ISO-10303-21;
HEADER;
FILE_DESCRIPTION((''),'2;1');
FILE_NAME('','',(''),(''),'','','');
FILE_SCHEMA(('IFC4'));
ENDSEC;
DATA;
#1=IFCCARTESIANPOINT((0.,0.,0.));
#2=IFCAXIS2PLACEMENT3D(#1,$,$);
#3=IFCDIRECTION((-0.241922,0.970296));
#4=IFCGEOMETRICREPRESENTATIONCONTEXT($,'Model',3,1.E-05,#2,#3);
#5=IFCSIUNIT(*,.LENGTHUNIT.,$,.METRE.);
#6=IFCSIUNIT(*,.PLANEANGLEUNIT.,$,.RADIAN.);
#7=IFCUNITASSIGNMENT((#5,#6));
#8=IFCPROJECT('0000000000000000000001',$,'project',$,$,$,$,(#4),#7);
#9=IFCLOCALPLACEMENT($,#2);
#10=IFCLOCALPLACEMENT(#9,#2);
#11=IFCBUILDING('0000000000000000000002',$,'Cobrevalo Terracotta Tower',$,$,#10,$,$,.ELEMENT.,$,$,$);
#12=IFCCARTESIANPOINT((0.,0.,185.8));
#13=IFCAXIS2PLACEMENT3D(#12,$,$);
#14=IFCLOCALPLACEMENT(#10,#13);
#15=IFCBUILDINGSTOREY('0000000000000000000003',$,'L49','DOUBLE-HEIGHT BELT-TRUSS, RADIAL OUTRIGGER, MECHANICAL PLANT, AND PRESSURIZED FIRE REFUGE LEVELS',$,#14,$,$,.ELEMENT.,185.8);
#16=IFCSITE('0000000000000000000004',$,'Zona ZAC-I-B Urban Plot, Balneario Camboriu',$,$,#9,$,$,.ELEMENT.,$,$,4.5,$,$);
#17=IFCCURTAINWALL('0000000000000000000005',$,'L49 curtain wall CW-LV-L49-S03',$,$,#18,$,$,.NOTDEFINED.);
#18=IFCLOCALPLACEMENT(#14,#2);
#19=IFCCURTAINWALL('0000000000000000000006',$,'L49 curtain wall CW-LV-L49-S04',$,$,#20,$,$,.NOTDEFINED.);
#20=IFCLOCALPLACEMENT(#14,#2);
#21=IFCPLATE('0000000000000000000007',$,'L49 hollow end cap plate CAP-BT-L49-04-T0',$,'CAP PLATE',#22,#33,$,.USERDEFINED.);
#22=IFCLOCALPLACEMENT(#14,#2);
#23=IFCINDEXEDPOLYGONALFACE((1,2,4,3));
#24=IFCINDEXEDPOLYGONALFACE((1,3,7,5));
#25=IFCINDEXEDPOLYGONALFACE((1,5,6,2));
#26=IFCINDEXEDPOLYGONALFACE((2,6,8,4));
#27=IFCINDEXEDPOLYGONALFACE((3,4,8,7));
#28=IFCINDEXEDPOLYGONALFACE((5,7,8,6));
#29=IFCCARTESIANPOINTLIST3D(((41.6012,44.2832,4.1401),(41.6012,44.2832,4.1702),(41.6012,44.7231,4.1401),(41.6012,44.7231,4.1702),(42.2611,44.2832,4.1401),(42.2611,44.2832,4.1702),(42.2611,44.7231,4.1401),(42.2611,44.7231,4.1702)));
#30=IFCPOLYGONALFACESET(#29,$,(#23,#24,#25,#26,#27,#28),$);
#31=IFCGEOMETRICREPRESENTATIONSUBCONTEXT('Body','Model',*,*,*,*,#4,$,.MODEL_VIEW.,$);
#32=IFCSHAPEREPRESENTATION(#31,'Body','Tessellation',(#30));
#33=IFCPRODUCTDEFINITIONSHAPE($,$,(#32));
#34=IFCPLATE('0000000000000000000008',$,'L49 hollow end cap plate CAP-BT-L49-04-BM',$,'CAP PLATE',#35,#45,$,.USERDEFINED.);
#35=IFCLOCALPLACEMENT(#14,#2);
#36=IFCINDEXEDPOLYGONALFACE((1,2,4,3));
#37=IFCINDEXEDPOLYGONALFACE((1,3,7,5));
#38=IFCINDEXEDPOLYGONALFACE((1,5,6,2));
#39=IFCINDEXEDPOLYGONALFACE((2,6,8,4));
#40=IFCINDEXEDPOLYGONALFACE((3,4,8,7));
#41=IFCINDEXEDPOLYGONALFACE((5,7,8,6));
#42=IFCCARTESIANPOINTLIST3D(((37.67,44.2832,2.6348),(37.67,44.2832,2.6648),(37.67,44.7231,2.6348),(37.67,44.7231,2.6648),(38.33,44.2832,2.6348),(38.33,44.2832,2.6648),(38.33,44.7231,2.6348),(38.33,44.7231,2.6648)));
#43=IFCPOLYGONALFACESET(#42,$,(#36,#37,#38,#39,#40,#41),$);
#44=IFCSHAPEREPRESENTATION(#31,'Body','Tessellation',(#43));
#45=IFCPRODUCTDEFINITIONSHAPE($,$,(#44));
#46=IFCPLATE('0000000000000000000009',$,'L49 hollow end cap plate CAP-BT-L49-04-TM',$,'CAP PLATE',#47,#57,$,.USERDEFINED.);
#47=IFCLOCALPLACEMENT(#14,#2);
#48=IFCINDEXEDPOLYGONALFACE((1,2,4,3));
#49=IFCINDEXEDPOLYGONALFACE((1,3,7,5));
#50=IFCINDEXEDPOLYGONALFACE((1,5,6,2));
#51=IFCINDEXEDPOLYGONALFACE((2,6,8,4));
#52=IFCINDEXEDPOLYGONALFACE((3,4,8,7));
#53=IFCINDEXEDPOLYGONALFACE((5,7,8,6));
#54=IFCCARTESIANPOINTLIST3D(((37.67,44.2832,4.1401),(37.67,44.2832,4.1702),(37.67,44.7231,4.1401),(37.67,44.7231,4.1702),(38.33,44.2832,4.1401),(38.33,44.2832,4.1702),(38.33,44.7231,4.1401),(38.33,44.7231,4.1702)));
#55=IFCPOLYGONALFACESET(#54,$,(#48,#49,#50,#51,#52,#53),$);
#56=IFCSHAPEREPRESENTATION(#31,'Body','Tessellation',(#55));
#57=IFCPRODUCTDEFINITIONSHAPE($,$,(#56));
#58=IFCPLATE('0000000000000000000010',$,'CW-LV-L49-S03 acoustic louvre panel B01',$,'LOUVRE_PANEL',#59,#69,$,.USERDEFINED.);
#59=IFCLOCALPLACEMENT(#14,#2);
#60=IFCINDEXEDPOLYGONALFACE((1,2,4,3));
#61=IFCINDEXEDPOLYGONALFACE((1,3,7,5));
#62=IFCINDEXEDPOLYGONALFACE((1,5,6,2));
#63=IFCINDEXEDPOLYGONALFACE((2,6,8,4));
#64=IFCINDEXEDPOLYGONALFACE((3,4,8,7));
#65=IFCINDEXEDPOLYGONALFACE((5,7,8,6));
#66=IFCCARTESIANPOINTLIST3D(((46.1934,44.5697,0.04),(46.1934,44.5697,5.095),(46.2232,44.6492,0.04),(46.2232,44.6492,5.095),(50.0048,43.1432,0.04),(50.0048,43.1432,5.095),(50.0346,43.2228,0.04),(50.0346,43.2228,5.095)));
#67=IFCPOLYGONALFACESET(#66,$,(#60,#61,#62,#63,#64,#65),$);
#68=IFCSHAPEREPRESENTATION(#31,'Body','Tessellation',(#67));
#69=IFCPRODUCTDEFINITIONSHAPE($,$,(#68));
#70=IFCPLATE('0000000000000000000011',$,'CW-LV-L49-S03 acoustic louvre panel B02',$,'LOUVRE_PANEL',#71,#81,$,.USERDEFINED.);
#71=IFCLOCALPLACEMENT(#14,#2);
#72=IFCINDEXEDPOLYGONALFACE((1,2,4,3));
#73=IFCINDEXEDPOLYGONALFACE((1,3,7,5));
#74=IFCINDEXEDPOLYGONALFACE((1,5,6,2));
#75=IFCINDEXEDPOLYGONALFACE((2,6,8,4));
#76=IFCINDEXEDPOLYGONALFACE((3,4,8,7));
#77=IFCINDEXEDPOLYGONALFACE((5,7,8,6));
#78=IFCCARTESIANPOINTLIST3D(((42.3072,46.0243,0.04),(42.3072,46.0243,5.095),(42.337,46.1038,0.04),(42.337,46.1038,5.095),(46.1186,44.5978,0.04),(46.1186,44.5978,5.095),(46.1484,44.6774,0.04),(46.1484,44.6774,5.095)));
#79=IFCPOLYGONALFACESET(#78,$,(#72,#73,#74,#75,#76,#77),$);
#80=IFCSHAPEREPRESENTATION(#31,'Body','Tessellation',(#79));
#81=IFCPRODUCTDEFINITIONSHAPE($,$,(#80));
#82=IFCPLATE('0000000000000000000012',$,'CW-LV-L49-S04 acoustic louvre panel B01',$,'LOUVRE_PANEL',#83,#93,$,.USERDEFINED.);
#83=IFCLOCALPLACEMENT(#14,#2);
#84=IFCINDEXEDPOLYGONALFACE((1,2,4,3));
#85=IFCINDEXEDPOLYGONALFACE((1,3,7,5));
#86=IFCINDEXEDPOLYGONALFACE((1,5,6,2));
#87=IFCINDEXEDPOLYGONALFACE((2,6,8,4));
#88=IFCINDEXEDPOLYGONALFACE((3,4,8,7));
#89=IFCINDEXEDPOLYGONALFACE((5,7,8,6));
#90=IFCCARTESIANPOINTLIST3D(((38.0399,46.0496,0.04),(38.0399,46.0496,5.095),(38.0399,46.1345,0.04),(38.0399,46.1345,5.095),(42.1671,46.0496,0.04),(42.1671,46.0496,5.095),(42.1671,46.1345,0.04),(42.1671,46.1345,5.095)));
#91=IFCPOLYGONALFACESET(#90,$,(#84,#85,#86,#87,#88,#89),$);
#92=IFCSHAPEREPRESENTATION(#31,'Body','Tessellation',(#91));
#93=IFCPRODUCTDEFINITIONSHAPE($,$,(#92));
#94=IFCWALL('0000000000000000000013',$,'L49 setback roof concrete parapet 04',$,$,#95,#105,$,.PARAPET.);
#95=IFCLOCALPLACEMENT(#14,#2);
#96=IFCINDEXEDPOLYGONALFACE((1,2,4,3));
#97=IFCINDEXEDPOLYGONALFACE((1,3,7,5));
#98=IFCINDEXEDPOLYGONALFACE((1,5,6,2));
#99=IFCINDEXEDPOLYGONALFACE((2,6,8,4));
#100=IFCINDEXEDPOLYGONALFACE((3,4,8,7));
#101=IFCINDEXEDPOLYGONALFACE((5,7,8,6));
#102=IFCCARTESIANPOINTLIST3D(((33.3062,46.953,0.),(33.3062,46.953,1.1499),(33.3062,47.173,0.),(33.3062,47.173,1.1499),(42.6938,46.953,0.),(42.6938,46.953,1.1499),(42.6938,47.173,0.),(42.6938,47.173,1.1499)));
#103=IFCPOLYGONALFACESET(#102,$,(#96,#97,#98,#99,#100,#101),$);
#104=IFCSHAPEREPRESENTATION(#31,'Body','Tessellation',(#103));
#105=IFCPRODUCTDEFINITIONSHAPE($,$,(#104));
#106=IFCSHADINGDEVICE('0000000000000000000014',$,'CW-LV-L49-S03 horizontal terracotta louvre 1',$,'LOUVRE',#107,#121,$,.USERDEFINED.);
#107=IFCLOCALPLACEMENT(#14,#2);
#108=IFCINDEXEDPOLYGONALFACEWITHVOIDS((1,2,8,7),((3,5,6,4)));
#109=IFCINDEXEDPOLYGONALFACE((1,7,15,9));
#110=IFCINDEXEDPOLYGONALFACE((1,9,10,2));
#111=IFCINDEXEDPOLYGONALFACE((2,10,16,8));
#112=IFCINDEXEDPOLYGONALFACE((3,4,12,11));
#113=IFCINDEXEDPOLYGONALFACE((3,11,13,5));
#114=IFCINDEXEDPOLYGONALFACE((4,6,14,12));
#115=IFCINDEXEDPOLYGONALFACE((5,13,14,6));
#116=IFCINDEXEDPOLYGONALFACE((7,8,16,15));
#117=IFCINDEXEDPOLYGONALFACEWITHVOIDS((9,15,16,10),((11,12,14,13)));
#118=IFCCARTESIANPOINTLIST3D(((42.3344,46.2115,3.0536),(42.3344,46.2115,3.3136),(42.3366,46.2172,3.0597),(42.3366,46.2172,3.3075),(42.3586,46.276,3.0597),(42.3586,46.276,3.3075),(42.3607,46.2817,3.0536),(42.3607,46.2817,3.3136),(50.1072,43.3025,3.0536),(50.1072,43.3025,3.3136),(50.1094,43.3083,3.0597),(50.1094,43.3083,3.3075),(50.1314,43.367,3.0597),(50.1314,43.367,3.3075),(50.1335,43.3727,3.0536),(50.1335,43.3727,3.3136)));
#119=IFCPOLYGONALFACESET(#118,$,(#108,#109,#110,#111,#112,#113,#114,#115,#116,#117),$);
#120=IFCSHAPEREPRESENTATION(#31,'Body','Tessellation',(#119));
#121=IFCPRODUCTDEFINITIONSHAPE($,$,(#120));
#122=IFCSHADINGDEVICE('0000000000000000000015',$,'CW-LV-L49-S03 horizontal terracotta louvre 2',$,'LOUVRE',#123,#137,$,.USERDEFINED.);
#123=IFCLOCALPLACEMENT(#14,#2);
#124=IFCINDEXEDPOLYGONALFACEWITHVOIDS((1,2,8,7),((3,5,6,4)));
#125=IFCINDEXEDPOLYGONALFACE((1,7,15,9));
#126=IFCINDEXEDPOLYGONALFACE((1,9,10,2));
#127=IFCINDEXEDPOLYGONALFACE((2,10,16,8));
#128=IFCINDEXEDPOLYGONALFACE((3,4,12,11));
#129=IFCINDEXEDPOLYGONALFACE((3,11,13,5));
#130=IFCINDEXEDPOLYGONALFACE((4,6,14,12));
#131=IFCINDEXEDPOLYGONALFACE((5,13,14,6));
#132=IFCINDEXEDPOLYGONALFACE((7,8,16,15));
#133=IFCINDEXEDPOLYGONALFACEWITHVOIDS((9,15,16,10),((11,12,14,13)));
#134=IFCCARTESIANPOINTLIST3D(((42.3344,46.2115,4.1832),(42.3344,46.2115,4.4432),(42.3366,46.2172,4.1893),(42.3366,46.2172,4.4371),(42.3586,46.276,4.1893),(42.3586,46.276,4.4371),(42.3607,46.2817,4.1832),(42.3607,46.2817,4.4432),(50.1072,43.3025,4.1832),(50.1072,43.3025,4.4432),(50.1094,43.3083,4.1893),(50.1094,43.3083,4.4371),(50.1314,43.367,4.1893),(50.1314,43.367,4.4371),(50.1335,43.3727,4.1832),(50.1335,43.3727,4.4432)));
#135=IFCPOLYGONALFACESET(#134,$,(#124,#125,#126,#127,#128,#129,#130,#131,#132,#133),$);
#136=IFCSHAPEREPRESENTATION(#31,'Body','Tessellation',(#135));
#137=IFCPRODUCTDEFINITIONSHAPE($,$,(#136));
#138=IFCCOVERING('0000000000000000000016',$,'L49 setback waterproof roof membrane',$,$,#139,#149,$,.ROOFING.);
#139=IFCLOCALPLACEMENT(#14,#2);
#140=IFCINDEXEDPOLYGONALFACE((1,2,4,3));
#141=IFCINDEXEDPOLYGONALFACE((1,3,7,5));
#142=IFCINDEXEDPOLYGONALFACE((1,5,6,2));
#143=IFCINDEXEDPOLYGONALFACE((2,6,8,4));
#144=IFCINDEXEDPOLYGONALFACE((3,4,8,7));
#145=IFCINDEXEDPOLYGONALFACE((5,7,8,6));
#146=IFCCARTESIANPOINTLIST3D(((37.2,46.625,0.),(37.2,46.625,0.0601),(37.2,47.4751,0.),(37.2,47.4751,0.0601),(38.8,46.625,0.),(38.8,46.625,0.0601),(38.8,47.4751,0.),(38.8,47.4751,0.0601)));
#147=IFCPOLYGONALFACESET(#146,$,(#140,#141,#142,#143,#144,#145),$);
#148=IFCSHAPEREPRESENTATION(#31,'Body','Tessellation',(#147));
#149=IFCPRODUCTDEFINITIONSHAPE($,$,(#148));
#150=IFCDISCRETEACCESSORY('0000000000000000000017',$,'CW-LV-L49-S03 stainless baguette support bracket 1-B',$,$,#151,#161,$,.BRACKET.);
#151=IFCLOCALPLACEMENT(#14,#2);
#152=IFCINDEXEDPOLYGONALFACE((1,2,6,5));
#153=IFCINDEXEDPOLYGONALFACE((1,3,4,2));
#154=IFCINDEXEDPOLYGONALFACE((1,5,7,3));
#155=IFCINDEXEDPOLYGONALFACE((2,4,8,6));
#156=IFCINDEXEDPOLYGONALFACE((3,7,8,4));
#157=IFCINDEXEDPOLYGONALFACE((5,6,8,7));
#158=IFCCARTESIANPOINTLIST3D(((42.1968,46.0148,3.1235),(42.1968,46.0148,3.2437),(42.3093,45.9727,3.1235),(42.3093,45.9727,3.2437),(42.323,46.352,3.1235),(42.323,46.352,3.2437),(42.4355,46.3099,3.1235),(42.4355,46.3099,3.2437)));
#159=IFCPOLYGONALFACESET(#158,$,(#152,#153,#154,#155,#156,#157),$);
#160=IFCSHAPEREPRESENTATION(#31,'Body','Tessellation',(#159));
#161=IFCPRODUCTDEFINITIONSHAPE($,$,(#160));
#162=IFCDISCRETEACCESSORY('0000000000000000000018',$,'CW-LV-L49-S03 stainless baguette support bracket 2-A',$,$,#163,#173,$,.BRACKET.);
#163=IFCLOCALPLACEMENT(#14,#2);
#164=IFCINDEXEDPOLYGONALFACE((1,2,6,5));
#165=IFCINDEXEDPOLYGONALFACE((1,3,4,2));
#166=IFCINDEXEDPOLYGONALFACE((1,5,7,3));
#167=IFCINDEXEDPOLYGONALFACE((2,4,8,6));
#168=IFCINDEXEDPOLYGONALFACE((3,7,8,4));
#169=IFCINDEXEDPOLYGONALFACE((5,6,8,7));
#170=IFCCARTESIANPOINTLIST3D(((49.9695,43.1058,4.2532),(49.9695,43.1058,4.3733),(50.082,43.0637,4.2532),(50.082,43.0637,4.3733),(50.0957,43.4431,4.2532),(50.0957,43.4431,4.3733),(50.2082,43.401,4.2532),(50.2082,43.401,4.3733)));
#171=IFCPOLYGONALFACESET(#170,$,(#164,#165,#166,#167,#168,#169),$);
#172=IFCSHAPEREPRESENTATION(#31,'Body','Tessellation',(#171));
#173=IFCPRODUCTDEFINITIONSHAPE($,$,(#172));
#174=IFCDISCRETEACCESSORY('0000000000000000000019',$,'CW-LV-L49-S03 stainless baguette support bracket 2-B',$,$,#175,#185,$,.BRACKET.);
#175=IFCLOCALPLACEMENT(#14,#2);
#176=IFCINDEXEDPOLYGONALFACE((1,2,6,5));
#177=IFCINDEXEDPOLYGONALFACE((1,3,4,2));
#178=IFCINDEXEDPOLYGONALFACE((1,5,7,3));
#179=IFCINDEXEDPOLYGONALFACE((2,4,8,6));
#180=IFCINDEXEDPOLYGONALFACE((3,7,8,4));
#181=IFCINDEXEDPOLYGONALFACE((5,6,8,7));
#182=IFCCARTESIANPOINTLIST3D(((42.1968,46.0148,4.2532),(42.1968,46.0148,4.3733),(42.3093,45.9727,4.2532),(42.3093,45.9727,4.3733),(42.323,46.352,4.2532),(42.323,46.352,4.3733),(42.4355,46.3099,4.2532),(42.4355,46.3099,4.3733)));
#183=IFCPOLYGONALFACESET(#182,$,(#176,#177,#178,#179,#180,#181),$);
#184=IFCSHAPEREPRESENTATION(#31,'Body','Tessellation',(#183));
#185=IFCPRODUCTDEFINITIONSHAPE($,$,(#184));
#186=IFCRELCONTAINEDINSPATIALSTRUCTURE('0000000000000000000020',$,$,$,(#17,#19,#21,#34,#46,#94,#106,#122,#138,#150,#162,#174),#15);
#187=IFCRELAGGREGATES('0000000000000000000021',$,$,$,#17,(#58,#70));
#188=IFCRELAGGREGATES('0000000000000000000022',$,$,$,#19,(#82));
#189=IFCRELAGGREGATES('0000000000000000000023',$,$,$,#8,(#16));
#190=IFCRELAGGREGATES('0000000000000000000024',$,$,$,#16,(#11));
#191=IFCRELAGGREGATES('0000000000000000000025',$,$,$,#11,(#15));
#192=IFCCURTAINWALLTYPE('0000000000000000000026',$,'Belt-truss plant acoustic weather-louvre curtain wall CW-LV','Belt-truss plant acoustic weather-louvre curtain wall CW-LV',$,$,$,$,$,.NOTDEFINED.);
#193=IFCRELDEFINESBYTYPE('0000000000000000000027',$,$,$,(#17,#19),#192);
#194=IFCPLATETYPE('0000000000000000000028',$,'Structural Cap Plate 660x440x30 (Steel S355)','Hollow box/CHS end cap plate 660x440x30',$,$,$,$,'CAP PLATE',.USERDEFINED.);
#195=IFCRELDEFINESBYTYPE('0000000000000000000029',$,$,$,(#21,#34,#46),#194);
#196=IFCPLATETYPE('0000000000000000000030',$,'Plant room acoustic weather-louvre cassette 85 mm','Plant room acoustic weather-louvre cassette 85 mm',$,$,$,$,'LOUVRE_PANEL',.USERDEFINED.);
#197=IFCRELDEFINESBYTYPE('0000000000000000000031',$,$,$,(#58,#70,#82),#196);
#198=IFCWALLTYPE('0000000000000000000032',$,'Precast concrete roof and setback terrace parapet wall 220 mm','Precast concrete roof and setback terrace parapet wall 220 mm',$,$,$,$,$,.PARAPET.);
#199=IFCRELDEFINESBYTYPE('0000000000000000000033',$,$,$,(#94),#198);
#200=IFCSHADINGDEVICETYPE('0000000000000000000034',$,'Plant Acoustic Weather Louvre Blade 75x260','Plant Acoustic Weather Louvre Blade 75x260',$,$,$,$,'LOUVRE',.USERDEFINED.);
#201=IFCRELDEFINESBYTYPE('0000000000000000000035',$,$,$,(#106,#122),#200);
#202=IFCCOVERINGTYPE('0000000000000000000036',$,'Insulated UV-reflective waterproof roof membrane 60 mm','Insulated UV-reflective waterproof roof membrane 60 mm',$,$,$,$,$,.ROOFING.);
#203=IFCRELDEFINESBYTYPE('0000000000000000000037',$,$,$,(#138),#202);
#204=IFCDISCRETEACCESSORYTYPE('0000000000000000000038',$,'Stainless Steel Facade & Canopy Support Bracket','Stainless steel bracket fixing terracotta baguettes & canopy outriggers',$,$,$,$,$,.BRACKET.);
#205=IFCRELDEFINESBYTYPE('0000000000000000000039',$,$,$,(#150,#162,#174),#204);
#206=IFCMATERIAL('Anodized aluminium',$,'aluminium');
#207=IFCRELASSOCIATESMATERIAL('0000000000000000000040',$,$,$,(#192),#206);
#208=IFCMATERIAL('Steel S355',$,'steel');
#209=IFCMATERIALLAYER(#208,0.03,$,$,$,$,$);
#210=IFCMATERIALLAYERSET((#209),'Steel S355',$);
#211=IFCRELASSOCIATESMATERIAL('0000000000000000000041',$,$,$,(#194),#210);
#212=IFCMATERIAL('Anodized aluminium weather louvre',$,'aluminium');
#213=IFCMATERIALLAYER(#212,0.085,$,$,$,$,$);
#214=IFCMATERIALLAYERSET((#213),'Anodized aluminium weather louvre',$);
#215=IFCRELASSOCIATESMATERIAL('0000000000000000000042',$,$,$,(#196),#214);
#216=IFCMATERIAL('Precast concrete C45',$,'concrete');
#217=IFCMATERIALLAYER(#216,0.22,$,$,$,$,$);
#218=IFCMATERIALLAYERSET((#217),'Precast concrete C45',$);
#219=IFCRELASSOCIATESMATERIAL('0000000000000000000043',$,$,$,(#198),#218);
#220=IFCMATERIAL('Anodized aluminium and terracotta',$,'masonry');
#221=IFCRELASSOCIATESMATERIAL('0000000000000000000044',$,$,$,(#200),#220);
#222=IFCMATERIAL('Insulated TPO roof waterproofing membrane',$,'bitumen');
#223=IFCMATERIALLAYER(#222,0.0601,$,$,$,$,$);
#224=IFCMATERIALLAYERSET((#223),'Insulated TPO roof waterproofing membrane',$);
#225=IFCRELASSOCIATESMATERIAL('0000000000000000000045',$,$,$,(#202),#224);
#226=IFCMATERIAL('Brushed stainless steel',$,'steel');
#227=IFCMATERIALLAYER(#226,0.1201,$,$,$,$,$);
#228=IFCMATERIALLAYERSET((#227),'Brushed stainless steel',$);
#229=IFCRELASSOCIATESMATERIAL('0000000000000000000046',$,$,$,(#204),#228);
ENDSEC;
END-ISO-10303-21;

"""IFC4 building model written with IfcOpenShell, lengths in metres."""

from ifc_helpers import new_model, si_unit, direction, frame, frame_2d, origin, origin_2d, place, context, subcontext, project, spatial, rectangle, hollow_rectangle, extrude, source, transform, mapped, material, layer, layer_set, material_profile, profile_set, type_object, element, aggregate, save


model = new_model("IFC4")

# Units and contexts
model_context = context("Model", 3, precision=1e-05, world=origin(), true_north=direction((-0.241922, 0.970296)))
body_context = subcontext(model_context, "Body", "Model", "MODEL_VIEW")
ifc_project = project(units=[si_unit("LENGTHUNIT", "METRE"), si_unit("PLANEANGLEUNIT", "RADIAN")], contexts=[model_context])

# Site, building, storey
site_placement = place(None, origin())
site = spatial("IfcSite", under=ifc_project, at=site_placement, Name="Zona ZAC-I-B Urban Plot, Balneario Camboriu", CompositionType="ELEMENT", RefElevation=4.5)
building_placement = place(site_placement, origin())
building = spatial("IfcBuilding", under=site, at=building_placement, Name="Cobrevalo Terracotta Tower", CompositionType="ELEMENT")
storey_placement = place(building_placement, frame((0.0, 0.0, 185.8)))
storey = spatial("IfcBuildingStorey", under=building, at=storey_placement, Name="L49", Description="DOUBLE-HEIGHT BELT-TRUSS, RADIAL OUTRIGGER, MECHANICAL PLANT, AND PRESSURIZED FIRE REFUGE LEVELS", CompositionType="ELEMENT", Elevation=185.8)

# Shared definitions
ifc_material_1 = material(Name="Steel S355", Category="steel")

# Curtain walls
ifc_material_2 = material(Name="Anodized aluminium", Category="aluminium")
curtain_wall_type = type_object("IfcCurtainWallType", Name="Belt-truss plant acoustic weather-louvre curtain wall CW-LV", Description="Belt-truss plant acoustic weather-louvre curtain wall CW-LV", PredefinedType="NOTDEFINED", material=ifc_material_2)
curtain_wall_1_placement = place(storey_placement, origin())
curtain_wall_1 = element("IfcCurtainWall", 1, at=curtain_wall_1_placement, inside=storey, type_object=curtain_wall_type, Name="L49 curtain wall CW-LV-L49-S03", PredefinedType="NOTDEFINED")
curtain_wall_2_placement = place(storey_placement, origin())
curtain_wall_2 = element("IfcCurtainWall", 2, at=curtain_wall_2_placement, inside=storey, type_object=curtain_wall_type, Name="L49 curtain wall CW-LV-L49-S04", PredefinedType="NOTDEFINED")

# Plates
ifc_layer_1 = layer(ifc_material_1, 0.03)
ifc_layer_set_1 = layer_set([ifc_layer_1], Name="Steel S355")
plate_type_1 = type_object("IfcPlateType", Name="Structural Cap Plate 660x440x30 (Steel S355)", Description="Hollow box/CHS end cap plate 660x440x30", ElementType="CAP PLATE", PredefinedType="USERDEFINED", material=ifc_layer_set_1)
shared_shape_1 = source(origin(), body_context, "Body", "SweptSolid", [
    extrude(rectangle(XDim=0.6599, YDim=0.4399, at=origin_2d()), origin(), (0.0, 0.0, 1.0), 0.03),
])
for number, where, z_axis, x_axis, name in (
    (3, (41.9312, 44.5032, 4.1401), (0.0, 0.0, 1.0), (-1.0, 0.0, 0.0), "L49 hollow end cap plate CAP-BT-L49-04-T0"),
    (4, (38.0, 44.5032, 2.6348), (0.0, 0.0, 1.0), (-1.0, 0.0, 0.0), "L49 hollow end cap plate CAP-BT-L49-04-BM"),
    (5, (38.0, 44.5032, 4.1401), (0.0, 0.0, 1.0), (-1.0, 0.0, 0.0), "L49 hollow end cap plate CAP-BT-L49-04-TM"),
):
    element("IfcPlate", number, at=place(storey_placement, frame(where, z_axis=z_axis, x_axis=x_axis)), inside=storey, type_object=plate_type_1, Name=name, ObjectType="CAP PLATE", PredefinedType="USERDEFINED", context=body_context, shape_type="MappedRepresentation", body=[
        mapped(shared_shape_1, transform((0.0, 0.0, 0.0), scale=1.0)),
    ])

# Plates
ifc_material_3 = material(Name="Anodized aluminium weather louvre", Category="aluminium")
ifc_layer_2 = layer(ifc_material_3, 0.085)
ifc_layer_set_2 = layer_set([ifc_layer_2], Name="Anodized aluminium weather louvre")
plate_type_2 = type_object("IfcPlateType", Name="Plant room acoustic weather-louvre cassette 85 mm", Description="Plant room acoustic weather-louvre cassette 85 mm", ElementType="LOUVRE_PANEL", PredefinedType="USERDEFINED", material=ifc_layer_set_2)
shared_shape_2 = source(origin(), body_context, "Body", "SweptSolid", [
    extrude(rectangle(XDim=4.0696, YDim=0.085, at=origin_2d()), origin(), (0.0, 0.0, 1.0), 5.0549),
])
plate_1_placement = place(storey_placement, frame((48.114, 43.8962, 0.04), z_axis=(0.0, 0.0, 1.0), x_axis=(-0.936558, 0.350513, 0.0)))
plate_1 = element("IfcPlate", 6, at=plate_1_placement, type_object=plate_type_2, Name="CW-LV-L49-S03 acoustic louvre panel B01", ObjectType="LOUVRE_PANEL", PredefinedType="USERDEFINED", context=body_context, shape_type="MappedRepresentation", body=[
    mapped(shared_shape_2, transform((0.0, 0.0, 0.0), scale=1.0)),
])
plate_2_placement = place(storey_placement, frame((44.2278, 45.3508, 0.04), z_axis=(0.0, 0.0, 1.0), x_axis=(-0.936558, 0.350513, 0.0)))
plate_2 = element("IfcPlate", 7, at=plate_2_placement, type_object=plate_type_2, Name="CW-LV-L49-S03 acoustic louvre panel B02", ObjectType="LOUVRE_PANEL", PredefinedType="USERDEFINED", context=body_context, shape_type="MappedRepresentation", body=[
    mapped(shared_shape_2, transform((0.0, 0.0, 0.0), scale=1.0)),
])
aggregate(curtain_wall_1, [plate_1, plate_2])
shared_shape_3 = source(origin(), body_context, "Body", "SweptSolid", [
    extrude(rectangle(XDim=4.1272, YDim=0.085, at=origin_2d()), origin(), (0.0, 0.0, 1.0), 5.0549),
])
plate_3_placement = place(storey_placement, frame((40.1035, 46.092, 0.04), z_axis=(0.0, 0.0, 1.0), x_axis=(-1.0, 0.0, 0.0)))
plate_3 = element("IfcPlate", 8, at=plate_3_placement, type_object=plate_type_2, Name="CW-LV-L49-S04 acoustic louvre panel B01", ObjectType="LOUVRE_PANEL", PredefinedType="USERDEFINED", context=body_context, shape_type="MappedRepresentation", body=[
    mapped(shared_shape_3, transform((0.0, 0.0, 0.0), scale=1.0)),
])
aggregate(curtain_wall_2, [plate_3])

# Wall
ifc_material_4 = material(Name="Precast concrete C45", Category="concrete")
ifc_layer_3 = layer(ifc_material_4, 0.22)
ifc_layer_set_3 = layer_set([ifc_layer_3], Name="Precast concrete C45")
wall_type = type_object("IfcWallType", Name="Precast concrete roof and setback terrace parapet wall 220 mm", Description="Precast concrete roof and setback terrace parapet wall 220 mm", PredefinedType="PARAPET", material=ifc_layer_set_3)
wall_placement = place(storey_placement, frame((42.6938, 47.063, 0.0), z_axis=(0.0, 0.0, 1.0), x_axis=(-1.0, 0.0, 0.0)))
element("IfcWall", 9, at=wall_placement, inside=storey, type_object=wall_type, Name="L49 setback roof concrete parapet 04", PredefinedType="PARAPET", context=body_context, shape_type="SweptSolid", body=[
    extrude(rectangle(XDim=9.3877, YDim=0.22, at=frame_2d((4.6938, 0.0))), origin(), (0.0, 0.0, 1.0), 1.1499),
])

# Shading devices
ifc_material_5 = material(Name="Anodized aluminium and terracotta", Category="masonry")
ifc_material_profile_1 = material_profile(ifc_material_5, hollow_rectangle(XDim=0.075, YDim=0.26, WallThickness=0.0061, at=origin_2d()), Name="LOUVRE BLADE 75x260")
ifc_profile_set_1 = profile_set([ifc_material_profile_1], Name="Anodized aluminium and terracotta")
shading_device_type = type_object("IfcShadingDeviceType", Name="Plant Acoustic Weather Louvre Blade 75x260", Description="Plant Acoustic Weather Louvre Blade 75x260", ElementType="LOUVRE", PredefinedType="USERDEFINED", material=ifc_profile_set_1)
shared_shape_4 = source(origin(), body_context, "Body", "SweptSolid", [
    extrude(hollow_rectangle(XDim=0.075, YDim=0.26, WallThickness=0.0061, at=origin_2d()), origin(), (0.0, 0.0, 1.0), 8.2993),
])
for number, where, z_axis, x_axis, name in (
    (10, (50.1204, 43.3376, 3.1836), (-0.93656, 0.350508, 0.0), (-0.350508, -0.93656, 0.0), "CW-LV-L49-S03 horizontal terracotta louvre 1"),
    (11, (50.1204, 43.3376, 4.3132), (-0.93656, 0.350508, 0.0), (-0.350508, -0.93656, 0.0), "CW-LV-L49-S03 horizontal terracotta louvre 2"),
):
    element("IfcShadingDevice", number, at=place(storey_placement, frame(where, z_axis=z_axis, x_axis=x_axis)), inside=storey, type_object=shading_device_type, Name=name, ObjectType="LOUVRE", PredefinedType="USERDEFINED", context=body_context, shape_type="MappedRepresentation", body=[
        mapped(shared_shape_4, transform((0.0, 0.0, 0.0), scale=1.0)),
    ])

# Covering
ifc_material_6 = material(Name="Insulated TPO roof waterproofing membrane", Category="bitumen")
ifc_layer_4 = layer(ifc_material_6, 0.0601)
ifc_layer_set_4 = layer_set([ifc_layer_4], Name="Insulated TPO roof waterproofing membrane")
covering_type = type_object("IfcCoveringType", Name="Insulated UV-reflective waterproof roof membrane 60 mm", Description="Insulated UV-reflective waterproof roof membrane 60 mm", PredefinedType="ROOFING", material=ifc_layer_set_4)
shared_shape_5 = source(origin(), body_context, "Body", "SweptSolid", [
    extrude(rectangle(XDim=1.6001, YDim=0.8501, at=origin_2d()), origin(), (0.0, 0.0, 1.0), 0.0601),
])
covering_placement = place(storey_placement, frame((38.0, 47.05, 0.0), z_axis=(0.0, 0.0, 1.0), x_axis=(1.0, 0.0, 0.0)))
element("IfcCovering", 12, at=covering_placement, inside=storey, type_object=covering_type, Name="L49 setback waterproof roof membrane", PredefinedType="ROOFING", context=body_context, shape_type="MappedRepresentation", body=[
    mapped(shared_shape_5, transform((0.0, 0.0, 0.0), scale=1.0)),
])

# Discrete accessories
ifc_material_7 = material(Name="Brushed stainless steel", Category="steel")
ifc_layer_5 = layer(ifc_material_7, 0.1201)
ifc_layer_set_5 = layer_set([ifc_layer_5], Name="Brushed stainless steel")
discrete_accessory_type = type_object("IfcDiscreteAccessoryType", Name="Stainless Steel Facade & Canopy Support Bracket", Description="Stainless steel bracket fixing terracotta baguettes & canopy outriggers", PredefinedType="BRACKET", material=ifc_layer_set_5)
shared_shape_6 = source(origin(), body_context, "Body", "SweptSolid", [
    extrude(rectangle(XDim=0.1201, YDim=0.3601, at=origin_2d()), origin(), (0.0, 0.0, 1.0), 0.1201),
])
for number, where, z_axis, x_axis, name in (
    (13, (42.3162, 46.1624, 3.1235), (0.0, 0.0, 1.0), (-0.936558, 0.350513, 0.0), "CW-LV-L49-S03 stainless baguette support bracket 1-B"),
    (14, (50.0889, 43.2534, 4.2532), (0.0, 0.0, 1.0), (-0.936558, 0.350513, 0.0), "CW-LV-L49-S03 stainless baguette support bracket 2-A"),
    (15, (42.3162, 46.1624, 4.2532), (0.0, 0.0, 1.0), (-0.936558, 0.350513, 0.0), "CW-LV-L49-S03 stainless baguette support bracket 2-B"),
):
    element("IfcDiscreteAccessory", number, at=place(storey_placement, frame(where, z_axis=z_axis, x_axis=x_axis)), inside=storey, type_object=discrete_accessory_type, Name=name, PredefinedType="BRACKET", context=body_context, shape_type="MappedRepresentation", body=[
        mapped(shared_shape_6, transform((0.0, 0.0, 0.0), scale=1.0)),
    ])

save(model, "model.ifc")
